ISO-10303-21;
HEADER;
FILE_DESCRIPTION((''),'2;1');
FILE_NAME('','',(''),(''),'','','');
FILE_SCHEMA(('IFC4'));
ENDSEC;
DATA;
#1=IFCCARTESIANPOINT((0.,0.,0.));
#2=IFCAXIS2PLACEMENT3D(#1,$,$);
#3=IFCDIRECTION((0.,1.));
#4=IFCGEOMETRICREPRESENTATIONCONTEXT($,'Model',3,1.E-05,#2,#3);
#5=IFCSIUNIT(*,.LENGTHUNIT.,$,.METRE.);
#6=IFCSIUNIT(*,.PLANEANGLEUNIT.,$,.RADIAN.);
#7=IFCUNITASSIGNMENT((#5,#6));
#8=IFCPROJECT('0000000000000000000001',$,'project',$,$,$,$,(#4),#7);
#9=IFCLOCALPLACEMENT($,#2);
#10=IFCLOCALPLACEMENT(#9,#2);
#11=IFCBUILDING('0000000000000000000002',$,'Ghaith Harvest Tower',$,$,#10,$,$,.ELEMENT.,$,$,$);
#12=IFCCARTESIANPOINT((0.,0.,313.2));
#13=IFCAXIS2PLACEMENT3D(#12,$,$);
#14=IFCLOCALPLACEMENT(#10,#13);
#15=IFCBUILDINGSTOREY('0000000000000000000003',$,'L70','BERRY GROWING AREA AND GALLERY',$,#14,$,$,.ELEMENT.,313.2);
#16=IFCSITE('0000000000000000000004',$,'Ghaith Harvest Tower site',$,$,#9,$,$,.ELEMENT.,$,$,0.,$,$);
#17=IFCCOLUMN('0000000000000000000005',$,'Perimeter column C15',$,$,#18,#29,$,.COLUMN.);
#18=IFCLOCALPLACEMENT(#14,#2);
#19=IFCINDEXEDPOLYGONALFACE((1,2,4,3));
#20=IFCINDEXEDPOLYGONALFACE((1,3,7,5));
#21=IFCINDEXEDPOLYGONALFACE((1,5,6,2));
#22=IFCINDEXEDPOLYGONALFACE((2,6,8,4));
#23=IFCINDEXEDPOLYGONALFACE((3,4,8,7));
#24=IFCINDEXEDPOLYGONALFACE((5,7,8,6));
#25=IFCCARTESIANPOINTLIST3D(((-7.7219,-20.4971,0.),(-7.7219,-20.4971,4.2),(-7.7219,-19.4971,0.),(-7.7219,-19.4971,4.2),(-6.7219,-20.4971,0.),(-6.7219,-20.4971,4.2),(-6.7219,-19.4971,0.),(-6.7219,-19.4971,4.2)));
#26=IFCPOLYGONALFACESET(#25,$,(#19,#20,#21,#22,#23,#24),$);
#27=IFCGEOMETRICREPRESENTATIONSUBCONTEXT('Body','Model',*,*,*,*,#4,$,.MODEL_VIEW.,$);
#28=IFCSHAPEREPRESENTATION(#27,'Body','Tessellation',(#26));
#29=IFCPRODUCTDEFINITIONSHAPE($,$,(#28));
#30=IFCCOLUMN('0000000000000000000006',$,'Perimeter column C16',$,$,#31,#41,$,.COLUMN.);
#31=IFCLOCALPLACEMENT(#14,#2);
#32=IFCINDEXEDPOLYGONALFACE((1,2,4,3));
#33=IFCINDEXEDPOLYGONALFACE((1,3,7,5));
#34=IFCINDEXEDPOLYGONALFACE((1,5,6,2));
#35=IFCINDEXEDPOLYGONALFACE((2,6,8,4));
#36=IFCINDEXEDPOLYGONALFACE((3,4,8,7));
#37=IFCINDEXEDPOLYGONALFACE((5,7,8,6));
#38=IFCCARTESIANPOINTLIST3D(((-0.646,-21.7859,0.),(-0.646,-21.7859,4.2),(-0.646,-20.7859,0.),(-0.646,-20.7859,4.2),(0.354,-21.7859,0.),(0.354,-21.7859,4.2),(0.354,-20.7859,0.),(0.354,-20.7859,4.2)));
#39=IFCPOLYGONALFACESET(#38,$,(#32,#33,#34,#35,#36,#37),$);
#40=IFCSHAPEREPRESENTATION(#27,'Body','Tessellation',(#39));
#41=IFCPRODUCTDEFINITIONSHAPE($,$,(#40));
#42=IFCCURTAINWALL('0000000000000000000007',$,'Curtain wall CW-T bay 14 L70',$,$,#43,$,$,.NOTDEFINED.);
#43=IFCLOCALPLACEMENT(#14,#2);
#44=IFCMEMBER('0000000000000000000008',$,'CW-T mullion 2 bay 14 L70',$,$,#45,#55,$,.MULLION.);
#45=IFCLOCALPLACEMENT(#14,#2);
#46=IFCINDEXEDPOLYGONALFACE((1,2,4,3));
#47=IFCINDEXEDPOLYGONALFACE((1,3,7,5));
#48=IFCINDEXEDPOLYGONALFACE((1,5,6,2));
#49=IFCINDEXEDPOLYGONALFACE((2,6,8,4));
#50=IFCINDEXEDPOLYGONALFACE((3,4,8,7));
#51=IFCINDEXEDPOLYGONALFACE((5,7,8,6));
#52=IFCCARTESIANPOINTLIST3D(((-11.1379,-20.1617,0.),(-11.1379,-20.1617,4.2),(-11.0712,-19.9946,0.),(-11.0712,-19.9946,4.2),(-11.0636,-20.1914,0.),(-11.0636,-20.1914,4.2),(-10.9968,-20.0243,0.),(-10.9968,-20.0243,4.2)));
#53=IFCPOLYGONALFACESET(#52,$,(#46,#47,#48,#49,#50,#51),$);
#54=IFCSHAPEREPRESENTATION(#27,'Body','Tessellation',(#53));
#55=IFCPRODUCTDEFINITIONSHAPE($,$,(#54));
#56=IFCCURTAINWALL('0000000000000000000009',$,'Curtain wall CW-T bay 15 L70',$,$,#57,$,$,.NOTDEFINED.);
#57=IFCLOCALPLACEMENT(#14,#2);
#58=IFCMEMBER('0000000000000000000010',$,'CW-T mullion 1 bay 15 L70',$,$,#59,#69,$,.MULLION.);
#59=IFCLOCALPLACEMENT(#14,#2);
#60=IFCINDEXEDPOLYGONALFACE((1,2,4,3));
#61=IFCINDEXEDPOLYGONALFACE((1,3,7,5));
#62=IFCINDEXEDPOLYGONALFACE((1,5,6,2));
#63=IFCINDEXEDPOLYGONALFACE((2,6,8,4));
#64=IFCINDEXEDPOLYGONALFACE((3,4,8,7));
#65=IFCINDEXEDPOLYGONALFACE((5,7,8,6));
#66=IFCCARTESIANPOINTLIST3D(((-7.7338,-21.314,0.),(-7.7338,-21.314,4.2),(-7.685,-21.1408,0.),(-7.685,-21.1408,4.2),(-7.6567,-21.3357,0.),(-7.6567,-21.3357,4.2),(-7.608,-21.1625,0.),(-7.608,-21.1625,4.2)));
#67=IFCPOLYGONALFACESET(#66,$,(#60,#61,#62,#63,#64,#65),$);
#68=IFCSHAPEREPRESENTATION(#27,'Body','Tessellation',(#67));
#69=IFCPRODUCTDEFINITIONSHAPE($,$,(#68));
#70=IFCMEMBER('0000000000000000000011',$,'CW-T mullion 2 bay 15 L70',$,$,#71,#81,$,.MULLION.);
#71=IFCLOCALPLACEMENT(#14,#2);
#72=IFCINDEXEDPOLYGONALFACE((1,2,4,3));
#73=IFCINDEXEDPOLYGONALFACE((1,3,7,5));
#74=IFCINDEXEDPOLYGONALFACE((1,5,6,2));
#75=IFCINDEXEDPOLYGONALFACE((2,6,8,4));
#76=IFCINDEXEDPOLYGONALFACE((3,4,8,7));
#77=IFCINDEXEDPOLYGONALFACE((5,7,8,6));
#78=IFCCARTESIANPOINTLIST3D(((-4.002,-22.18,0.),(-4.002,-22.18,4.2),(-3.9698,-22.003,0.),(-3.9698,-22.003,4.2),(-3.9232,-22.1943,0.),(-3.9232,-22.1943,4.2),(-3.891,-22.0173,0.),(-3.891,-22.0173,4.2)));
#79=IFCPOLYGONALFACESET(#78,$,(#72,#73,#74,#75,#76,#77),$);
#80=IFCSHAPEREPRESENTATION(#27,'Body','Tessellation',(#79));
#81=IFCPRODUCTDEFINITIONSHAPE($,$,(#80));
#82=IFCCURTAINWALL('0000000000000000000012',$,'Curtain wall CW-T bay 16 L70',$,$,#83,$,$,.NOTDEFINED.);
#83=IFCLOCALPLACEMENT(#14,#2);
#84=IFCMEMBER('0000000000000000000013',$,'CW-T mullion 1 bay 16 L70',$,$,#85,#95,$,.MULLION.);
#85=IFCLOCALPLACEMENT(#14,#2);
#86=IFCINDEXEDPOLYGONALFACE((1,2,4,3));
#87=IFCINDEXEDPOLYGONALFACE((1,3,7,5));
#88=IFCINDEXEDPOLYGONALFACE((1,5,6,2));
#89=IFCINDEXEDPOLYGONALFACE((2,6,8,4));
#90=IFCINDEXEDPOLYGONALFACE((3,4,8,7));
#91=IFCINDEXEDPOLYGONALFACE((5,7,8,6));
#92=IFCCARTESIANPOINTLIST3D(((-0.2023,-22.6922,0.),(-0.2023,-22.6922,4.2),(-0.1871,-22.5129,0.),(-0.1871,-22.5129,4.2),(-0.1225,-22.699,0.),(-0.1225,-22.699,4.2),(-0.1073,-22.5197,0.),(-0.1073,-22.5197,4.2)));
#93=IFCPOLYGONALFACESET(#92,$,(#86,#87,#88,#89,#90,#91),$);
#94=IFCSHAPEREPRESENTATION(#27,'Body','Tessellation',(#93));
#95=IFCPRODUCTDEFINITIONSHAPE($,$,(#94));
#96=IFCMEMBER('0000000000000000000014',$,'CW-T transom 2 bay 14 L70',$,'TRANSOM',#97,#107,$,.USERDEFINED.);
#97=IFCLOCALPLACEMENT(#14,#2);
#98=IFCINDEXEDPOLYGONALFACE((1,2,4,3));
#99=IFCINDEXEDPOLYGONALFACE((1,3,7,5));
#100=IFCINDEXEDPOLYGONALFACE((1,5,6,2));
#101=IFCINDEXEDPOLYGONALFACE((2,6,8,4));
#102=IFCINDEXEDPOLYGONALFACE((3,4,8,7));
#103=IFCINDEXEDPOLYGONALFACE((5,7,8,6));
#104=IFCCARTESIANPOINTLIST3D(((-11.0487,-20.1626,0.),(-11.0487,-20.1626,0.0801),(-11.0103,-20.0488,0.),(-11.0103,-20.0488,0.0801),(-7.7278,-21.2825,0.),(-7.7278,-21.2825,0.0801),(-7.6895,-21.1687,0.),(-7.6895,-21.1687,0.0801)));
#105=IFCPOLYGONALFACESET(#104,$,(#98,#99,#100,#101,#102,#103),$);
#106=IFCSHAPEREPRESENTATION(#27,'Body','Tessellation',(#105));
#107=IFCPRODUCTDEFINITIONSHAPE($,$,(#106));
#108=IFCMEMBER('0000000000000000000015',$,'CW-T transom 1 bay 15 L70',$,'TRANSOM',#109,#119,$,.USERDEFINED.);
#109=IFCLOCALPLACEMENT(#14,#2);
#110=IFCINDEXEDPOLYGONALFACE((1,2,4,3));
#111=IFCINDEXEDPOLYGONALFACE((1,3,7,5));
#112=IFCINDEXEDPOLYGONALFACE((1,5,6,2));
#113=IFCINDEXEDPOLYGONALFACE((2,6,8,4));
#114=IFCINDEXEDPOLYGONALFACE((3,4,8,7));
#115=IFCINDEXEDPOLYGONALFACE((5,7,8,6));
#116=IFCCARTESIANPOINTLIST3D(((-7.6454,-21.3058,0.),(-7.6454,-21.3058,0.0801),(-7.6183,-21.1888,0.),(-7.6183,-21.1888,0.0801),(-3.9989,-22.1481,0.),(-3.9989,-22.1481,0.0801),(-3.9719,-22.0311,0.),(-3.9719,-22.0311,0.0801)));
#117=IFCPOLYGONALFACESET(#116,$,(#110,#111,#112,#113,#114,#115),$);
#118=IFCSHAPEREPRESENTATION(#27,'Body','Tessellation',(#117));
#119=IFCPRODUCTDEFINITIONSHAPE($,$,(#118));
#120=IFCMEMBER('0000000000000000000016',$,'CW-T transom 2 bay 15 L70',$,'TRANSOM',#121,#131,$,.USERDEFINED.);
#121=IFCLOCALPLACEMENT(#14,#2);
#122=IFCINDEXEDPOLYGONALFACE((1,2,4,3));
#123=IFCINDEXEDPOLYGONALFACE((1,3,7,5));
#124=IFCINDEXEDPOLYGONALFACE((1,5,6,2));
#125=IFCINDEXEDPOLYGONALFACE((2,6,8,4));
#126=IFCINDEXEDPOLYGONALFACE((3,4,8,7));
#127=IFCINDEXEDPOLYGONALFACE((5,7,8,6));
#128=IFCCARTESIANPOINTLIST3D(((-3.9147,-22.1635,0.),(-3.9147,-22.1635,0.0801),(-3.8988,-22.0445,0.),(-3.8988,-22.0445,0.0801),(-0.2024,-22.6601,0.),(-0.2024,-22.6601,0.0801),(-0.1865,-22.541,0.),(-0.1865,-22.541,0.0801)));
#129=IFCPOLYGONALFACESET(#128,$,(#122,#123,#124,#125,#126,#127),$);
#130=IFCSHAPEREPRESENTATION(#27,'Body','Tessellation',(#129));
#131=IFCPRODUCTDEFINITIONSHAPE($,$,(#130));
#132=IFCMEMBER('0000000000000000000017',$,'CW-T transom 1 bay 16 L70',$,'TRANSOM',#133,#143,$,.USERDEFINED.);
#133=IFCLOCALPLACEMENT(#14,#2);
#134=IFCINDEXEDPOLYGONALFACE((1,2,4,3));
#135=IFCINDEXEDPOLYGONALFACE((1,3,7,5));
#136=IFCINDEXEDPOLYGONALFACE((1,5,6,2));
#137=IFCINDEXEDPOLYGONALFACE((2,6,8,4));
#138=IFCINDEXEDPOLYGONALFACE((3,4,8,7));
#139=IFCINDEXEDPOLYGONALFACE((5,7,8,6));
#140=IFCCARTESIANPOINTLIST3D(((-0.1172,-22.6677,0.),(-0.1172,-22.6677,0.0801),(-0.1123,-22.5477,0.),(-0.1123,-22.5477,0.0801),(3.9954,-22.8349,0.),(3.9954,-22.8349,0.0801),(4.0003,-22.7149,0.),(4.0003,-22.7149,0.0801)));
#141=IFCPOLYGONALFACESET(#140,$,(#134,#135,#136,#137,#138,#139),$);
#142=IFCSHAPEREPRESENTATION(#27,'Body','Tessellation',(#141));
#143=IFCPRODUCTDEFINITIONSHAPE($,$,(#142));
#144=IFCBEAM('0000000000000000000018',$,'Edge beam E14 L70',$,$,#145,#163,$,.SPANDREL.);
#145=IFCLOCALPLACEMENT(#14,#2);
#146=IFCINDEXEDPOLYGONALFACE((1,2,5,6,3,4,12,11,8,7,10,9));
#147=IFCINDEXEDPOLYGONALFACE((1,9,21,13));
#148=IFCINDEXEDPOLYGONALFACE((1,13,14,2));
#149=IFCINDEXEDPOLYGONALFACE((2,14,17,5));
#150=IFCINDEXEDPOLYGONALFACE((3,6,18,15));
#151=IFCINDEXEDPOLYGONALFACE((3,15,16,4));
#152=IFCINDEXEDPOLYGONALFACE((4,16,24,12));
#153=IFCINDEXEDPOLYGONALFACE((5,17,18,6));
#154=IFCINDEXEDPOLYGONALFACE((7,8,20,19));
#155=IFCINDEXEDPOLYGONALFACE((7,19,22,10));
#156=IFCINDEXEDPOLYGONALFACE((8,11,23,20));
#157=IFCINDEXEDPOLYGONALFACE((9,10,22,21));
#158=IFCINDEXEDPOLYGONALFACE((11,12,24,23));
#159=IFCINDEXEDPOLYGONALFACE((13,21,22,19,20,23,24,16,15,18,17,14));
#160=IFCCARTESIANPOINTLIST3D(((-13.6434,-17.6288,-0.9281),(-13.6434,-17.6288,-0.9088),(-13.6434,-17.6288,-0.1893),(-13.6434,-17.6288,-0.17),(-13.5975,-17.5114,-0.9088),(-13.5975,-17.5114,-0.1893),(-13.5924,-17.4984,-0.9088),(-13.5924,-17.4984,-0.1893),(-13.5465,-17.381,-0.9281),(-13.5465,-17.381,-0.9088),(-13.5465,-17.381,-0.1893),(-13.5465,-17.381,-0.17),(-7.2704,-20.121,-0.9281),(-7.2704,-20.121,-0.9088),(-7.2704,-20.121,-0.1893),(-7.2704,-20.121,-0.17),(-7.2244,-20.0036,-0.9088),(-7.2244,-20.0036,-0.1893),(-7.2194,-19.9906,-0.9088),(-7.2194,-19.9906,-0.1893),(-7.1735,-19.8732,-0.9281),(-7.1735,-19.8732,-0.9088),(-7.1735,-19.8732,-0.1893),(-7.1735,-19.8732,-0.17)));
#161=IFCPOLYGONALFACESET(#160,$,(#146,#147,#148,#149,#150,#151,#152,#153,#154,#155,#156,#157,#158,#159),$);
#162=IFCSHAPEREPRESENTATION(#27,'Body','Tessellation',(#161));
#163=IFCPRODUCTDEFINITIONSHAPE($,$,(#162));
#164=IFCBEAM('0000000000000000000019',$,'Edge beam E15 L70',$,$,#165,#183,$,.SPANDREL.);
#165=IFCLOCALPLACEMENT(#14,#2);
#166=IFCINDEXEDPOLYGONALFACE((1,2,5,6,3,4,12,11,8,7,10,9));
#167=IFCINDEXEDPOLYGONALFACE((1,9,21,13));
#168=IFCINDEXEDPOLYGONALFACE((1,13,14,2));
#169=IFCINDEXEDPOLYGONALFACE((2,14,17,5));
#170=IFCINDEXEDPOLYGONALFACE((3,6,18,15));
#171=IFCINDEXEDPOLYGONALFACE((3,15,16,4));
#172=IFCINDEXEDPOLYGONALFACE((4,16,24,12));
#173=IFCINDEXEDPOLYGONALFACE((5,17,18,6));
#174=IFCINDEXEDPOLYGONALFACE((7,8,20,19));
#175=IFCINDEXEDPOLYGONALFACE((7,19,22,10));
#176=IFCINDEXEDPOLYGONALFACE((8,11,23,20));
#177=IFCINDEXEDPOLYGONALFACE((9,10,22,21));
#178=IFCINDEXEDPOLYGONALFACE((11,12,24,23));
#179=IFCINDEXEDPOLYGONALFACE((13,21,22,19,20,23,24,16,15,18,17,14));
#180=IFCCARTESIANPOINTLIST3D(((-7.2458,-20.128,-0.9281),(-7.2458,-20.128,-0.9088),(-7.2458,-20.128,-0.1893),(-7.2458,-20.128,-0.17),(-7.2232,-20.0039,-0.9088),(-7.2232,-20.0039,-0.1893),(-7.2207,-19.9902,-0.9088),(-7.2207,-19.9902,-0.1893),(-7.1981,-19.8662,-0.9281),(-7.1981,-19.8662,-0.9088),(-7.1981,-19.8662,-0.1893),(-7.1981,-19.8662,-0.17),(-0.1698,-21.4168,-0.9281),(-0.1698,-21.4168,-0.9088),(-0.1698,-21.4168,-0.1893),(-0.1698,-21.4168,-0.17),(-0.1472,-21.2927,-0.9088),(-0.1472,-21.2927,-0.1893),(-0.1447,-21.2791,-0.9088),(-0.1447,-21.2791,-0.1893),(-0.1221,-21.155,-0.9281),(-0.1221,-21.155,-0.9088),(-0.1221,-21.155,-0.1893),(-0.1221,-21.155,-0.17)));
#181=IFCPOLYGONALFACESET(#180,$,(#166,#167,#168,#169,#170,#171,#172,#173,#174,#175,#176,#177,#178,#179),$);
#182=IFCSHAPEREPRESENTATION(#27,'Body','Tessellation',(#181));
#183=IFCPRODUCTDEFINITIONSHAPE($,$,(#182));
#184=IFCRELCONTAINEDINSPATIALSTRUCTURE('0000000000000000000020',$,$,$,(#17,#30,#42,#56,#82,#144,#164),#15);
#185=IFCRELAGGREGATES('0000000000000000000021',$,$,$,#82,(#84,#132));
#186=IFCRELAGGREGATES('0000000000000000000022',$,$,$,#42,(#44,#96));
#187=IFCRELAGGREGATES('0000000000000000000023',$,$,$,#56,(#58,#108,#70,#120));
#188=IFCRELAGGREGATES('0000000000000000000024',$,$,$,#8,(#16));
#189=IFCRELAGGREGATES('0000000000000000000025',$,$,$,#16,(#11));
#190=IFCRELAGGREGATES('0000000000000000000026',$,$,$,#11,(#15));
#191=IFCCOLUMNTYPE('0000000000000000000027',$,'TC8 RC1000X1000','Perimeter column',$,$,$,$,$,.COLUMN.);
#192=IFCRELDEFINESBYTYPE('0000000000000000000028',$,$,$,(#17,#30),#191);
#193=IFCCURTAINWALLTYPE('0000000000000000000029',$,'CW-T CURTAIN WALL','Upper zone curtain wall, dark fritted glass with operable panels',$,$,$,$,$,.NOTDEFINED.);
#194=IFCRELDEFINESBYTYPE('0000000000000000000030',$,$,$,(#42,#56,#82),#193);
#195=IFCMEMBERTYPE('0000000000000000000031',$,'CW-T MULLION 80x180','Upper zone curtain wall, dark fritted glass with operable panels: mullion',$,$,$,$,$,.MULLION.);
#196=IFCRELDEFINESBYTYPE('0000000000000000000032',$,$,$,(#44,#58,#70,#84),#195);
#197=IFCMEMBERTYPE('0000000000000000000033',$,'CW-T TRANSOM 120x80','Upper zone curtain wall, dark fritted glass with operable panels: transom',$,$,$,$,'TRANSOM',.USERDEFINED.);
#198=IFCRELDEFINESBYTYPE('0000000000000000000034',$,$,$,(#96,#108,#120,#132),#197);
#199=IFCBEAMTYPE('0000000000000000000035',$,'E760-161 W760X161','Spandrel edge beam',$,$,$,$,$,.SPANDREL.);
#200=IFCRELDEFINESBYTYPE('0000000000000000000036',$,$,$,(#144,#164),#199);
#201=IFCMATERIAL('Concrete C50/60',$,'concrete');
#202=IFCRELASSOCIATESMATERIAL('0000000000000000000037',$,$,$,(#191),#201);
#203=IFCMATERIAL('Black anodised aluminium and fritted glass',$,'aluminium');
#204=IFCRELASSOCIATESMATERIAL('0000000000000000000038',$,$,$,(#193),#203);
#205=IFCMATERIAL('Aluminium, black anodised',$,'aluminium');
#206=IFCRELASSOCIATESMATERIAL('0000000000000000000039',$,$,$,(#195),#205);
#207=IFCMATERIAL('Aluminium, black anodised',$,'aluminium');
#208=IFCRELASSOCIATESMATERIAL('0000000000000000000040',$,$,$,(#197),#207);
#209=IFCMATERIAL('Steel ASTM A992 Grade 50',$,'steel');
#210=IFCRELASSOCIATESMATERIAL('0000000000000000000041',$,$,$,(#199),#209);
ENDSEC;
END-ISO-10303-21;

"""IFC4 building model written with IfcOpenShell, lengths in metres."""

from ifc_helpers import new_model, si_unit, direction, frame, origin, origin_2d, place, context, subcontext, project, spatial, rectangle, i_section, extrude, material, material_profile, profile_set, type_object, element, aggregate, save


model = new_model("IFC4")

# Units and contexts
model_context = context("Model", 3, precision=1e-05, world=origin(), true_north=direction((0.0, 1.0)))
body_context = subcontext(model_context, "Body", "Model", "MODEL_VIEW")
ifc_project = project(units=[si_unit("LENGTHUNIT", "METRE"), si_unit("PLANEANGLEUNIT", "RADIAN")], contexts=[model_context])

# Site, building, storey
site_placement = place(None, origin())
site = spatial("IfcSite", under=ifc_project, at=site_placement, Name="Ghaith Harvest Tower site", CompositionType="ELEMENT", RefElevation=0.0)
building_placement = place(site_placement, origin())
building = spatial("IfcBuilding", under=site, at=building_placement, Name="Ghaith Harvest Tower", CompositionType="ELEMENT")
storey_placement = place(building_placement, frame((0.0, 0.0, 313.2)))
storey = spatial("IfcBuildingStorey", under=building, at=storey_placement, Name="L70", Description="BERRY GROWING AREA AND GALLERY", CompositionType="ELEMENT", Elevation=313.2)

# Columns
ifc_material_1 = material(Name="Concrete C50/60", Category="concrete")
ifc_material_profile_1 = material_profile(ifc_material_1, rectangle(XDim=1.0, YDim=1.0, at=origin_2d()), Name="RC1000X1000")
ifc_profile_set_1 = profile_set([ifc_material_profile_1], Name="Concrete C50/60")
column_type = type_object("IfcColumnType", Name="TC8 RC1000X1000", Description="Perimeter column", PredefinedType="COLUMN", material=ifc_profile_set_1)
for number, where, z_axis, x_axis, name in (
    (1, (-7.2219, -19.9971, 0.0), (0.0, 0.0, 1.0), (1.0, 0.0, 0.0), "Perimeter column C15"),
    (2, (-0.146, -21.2859, 0.0), (0.0, 0.0, 1.0), (1.0, 0.0, 0.0), "Perimeter column C16"),
):
    element("IfcColumn", number, at=place(storey_placement, frame(where, z_axis=z_axis, x_axis=x_axis)), inside=storey, type_object=column_type, Name=name, PredefinedType="COLUMN", context=body_context, shape_type="SweptSolid", body=[
        extrude(rectangle(XDim=1.0, YDim=1.0, at=origin_2d()), origin(), (0.0, 0.0, 1.0), 4.2),
    ])

# Curtain wall, member
ifc_material_2 = material(Name="Black anodised aluminium and fritted glass", Category="aluminium")
curtain_wall_type = type_object("IfcCurtainWallType", Name="CW-T CURTAIN WALL", Description="Upper zone curtain wall, dark fritted glass with operable panels", PredefinedType="NOTDEFINED", material=ifc_material_2)
curtain_wall_1_placement = place(storey_placement, origin())
curtain_wall_1 = element("IfcCurtainWall", 3, at=curtain_wall_1_placement, inside=storey, type_object=curtain_wall_type, Name="Curtain wall CW-T bay 14 L70", PredefinedType="NOTDEFINED")
ifc_material_3 = material(Name="Aluminium, black anodised", Category="aluminium")
ifc_material_profile_2 = material_profile(ifc_material_3, rectangle(XDim=0.0801, YDim=0.1799, at=origin_2d()), Name="CW-T MULLION 80x180")
ifc_profile_set_2 = profile_set([ifc_material_profile_2], Name="Aluminium, black anodised")
member_type_1 = type_object("IfcMemberType", Name="CW-T MULLION 80x180", Description="Upper zone curtain wall, dark fritted glass with operable panels: mullion", PredefinedType="MULLION", material=ifc_profile_set_2)
member_1_placement = place(storey_placement, frame((-11.0674, -20.093, 0.0), z_axis=(0.0, 0.0, 1.0), x_axis=(0.928624, -0.371021, 0.0)))
member_1 = element("IfcMember", 4, at=member_1_placement, type_object=member_type_1, Name="CW-T mullion 2 bay 14 L70", PredefinedType="MULLION", context=body_context, shape_type="SweptSolid", body=[
    extrude(rectangle(XDim=0.0801, YDim=0.1799, at=origin_2d()), origin(), (0.0, 0.0, 1.0), 4.2),
])

# Curtain wall, members
curtain_wall_2_placement = place(storey_placement, origin())
curtain_wall_2 = element("IfcCurtainWall", 5, at=curtain_wall_2_placement, inside=storey, type_object=curtain_wall_type, Name="Curtain wall CW-T bay 15 L70", PredefinedType="NOTDEFINED")
member_2_placement = place(storey_placement, frame((-7.6709, -21.2383, 0.0), z_axis=(0.0, 0.0, 1.0), x_axis=(0.962552, -0.271095, 0.0)))
member_2 = element("IfcMember", 6, at=member_2_placement, type_object=member_type_1, Name="CW-T mullion 1 bay 15 L70", PredefinedType="MULLION", context=body_context, shape_type="SweptSolid", body=[
    extrude(rectangle(XDim=0.0801, YDim=0.1799, at=origin_2d()), origin(), (0.0, 0.0, 1.0), 4.2),
])
member_3_placement = place(storey_placement, frame((-3.9465, -22.0986, 0.0), z_axis=(0.0, 0.0, 1.0), x_axis=(0.983843, -0.179031, 0.0)))
member_3 = element("IfcMember", 7, at=member_3_placement, type_object=member_type_1, Name="CW-T mullion 2 bay 15 L70", PredefinedType="MULLION", context=body_context, shape_type="SweptSolid", body=[
    extrude(rectangle(XDim=0.0801, YDim=0.1799, at=origin_2d()), origin(), (0.0, 0.0, 1.0), 4.2),
])

# Curtain wall, member
curtain_wall_3_placement = place(storey_placement, origin())
curtain_wall_3 = element("IfcCurtainWall", 8, at=curtain_wall_3_placement, inside=storey, type_object=curtain_wall_type, Name="Curtain wall CW-T bay 16 L70", PredefinedType="NOTDEFINED")
member_4_placement = place(storey_placement, frame((-0.1548, -22.606, 0.0), z_axis=(0.0, 0.0, 1.0), x_axis=(0.996415, -0.084602, 0.0)))
member_4 = element("IfcMember", 9, at=member_4_placement, type_object=member_type_1, Name="CW-T mullion 1 bay 16 L70", PredefinedType="MULLION", context=body_context, shape_type="SweptSolid", body=[
    extrude(rectangle(XDim=0.0801, YDim=0.1799, at=origin_2d()), origin(), (0.0, 0.0, 1.0), 4.2),
])

# Members
ifc_material_4 = material(Name="Aluminium, black anodised", Category="aluminium")
ifc_material_profile_3 = material_profile(ifc_material_4, rectangle(XDim=0.1201, YDim=0.0801, at=origin_2d()), Name="CW-T TRANSOM 120x80")
ifc_profile_set_3 = profile_set([ifc_material_profile_3], Name="Aluminium, black anodised")
member_type_2 = type_object("IfcMemberType", Name="CW-T TRANSOM 120x80", Description="Upper zone curtain wall, dark fritted glass with operable panels: transom", ElementType="TRANSOM", PredefinedType="USERDEFINED", material=ifc_profile_set_3)
member_5_placement = place(storey_placement, frame((-11.0295, -20.1057, 0.04), z_axis=(0.94757, -0.319549, 0.0), x_axis=(0.319549, 0.94757, 0.0)))
member_5 = element("IfcMember", 10, at=member_5_placement, type_object=member_type_2, Name="CW-T transom 2 bay 14 L70", ObjectType="TRANSOM", PredefinedType="USERDEFINED", context=body_context, shape_type="SweptSolid", body=[
    extrude(rectangle(XDim=0.1201, YDim=0.0801, at=origin_2d()), origin(), (0.0, 0.0, 1.0), 3.5046),
])
member_6_placement = place(storey_placement, frame((-7.6318, -21.2473, 0.04), z_axis=(0.974345, -0.22506, 0.0), x_axis=(0.22506, 0.974345, 0.0)))
member_6 = element("IfcMember", 11, at=member_6_placement, type_object=member_type_2, Name="CW-T transom 1 bay 15 L70", ObjectType="TRANSOM", PredefinedType="USERDEFINED", context=body_context, shape_type="SweptSolid", body=[
    extrude(rectangle(XDim=0.1201, YDim=0.0801, at=origin_2d()), origin(), (0.0, 0.0, 1.0), 3.7424),
])
member_7_placement = place(storey_placement, frame((-3.9067, -22.104, 0.04), z_axis=(0.991172, -0.132582, 0.0), x_axis=(0.132582, 0.991172, 0.0)))
member_7 = element("IfcMember", 12, at=member_7_placement, type_object=member_type_2, Name="CW-T transom 2 bay 15 L70", ObjectType="TRANSOM", PredefinedType="USERDEFINED", context=body_context, shape_type="SweptSolid", body=[
    extrude(rectangle(XDim=0.1201, YDim=0.0801, at=origin_2d()), origin(), (0.0, 0.0, 1.0), 3.7454),
])
member_8_placement = place(storey_placement, frame((-0.1147, -22.6077, 0.04), z_axis=(0.999174, -0.040631, 0.0), x_axis=(0.040631, 0.999174, 0.0)))
member_8 = element("IfcMember", 13, at=member_8_placement, type_object=member_type_2, Name="CW-T transom 1 bay 16 L70", ObjectType="TRANSOM", PredefinedType="USERDEFINED", context=body_context, shape_type="SweptSolid", body=[
    extrude(rectangle(XDim=0.1201, YDim=0.0801, at=origin_2d()), origin(), (0.0, 0.0, 1.0), 4.116),
])
aggregate(curtain_wall_3, [member_4, member_8])

# Beams
ifc_material_5 = material(Name="Steel ASTM A992 Grade 50", Category="steel")
ifc_material_profile_4 = material_profile(ifc_material_5, i_section(OverallWidth=0.2661, OverallDepth=0.7581, WebThickness=0.0139, FlangeThickness=0.0193, at=origin_2d()), Name="W760X161")
ifc_profile_set_4 = profile_set([ifc_material_profile_4], Name="Steel ASTM A992 Grade 50")
beam_type_1 = type_object("IfcBeamType", Name="E760-161 W760X161", Description="Spandrel edge beam", PredefinedType="SPANDREL", material=ifc_profile_set_4)
beam_1_placement = place(storey_placement, frame((-13.595, -17.5049, -0.5491), z_axis=(0.931323, -0.364195, 0.0), x_axis=(0.364195, 0.931323, 0.0)))
element("IfcBeam", 14, at=beam_1_placement, inside=storey, type_object=beam_type_1, Name="Edge beam E14 L70", PredefinedType="SPANDREL", context=body_context, shape_type="SweptSolid", body=[
    extrude(i_section(OverallWidth=0.2661, OverallDepth=0.7581, WebThickness=0.0139, FlangeThickness=0.0193, at=origin_2d()), origin(), (0.0, 0.0, 1.0), 6.843),
])
beam_2_placement = place(storey_placement, frame((-7.2219, -19.9971, -0.5491), z_axis=(0.983814, -0.179193, 0.0), x_axis=(0.179193, 0.983814, 0.0)))
element("IfcBeam", 15, at=beam_2_placement, inside=storey, type_object=beam_type_1, Name="Edge beam E15 L70", PredefinedType="SPANDREL", context=body_context, shape_type="SweptSolid", body=[
    extrude(i_section(OverallWidth=0.2661, OverallDepth=0.7581, WebThickness=0.0139, FlangeThickness=0.0193, at=origin_2d()), origin(), (0.0, 0.0, 1.0), 7.1924),
])

aggregate(curtain_wall_1, [member_1, member_5])
aggregate(curtain_wall_2, [member_2, member_6, member_3, member_7])

save(model, "model.ifc")
